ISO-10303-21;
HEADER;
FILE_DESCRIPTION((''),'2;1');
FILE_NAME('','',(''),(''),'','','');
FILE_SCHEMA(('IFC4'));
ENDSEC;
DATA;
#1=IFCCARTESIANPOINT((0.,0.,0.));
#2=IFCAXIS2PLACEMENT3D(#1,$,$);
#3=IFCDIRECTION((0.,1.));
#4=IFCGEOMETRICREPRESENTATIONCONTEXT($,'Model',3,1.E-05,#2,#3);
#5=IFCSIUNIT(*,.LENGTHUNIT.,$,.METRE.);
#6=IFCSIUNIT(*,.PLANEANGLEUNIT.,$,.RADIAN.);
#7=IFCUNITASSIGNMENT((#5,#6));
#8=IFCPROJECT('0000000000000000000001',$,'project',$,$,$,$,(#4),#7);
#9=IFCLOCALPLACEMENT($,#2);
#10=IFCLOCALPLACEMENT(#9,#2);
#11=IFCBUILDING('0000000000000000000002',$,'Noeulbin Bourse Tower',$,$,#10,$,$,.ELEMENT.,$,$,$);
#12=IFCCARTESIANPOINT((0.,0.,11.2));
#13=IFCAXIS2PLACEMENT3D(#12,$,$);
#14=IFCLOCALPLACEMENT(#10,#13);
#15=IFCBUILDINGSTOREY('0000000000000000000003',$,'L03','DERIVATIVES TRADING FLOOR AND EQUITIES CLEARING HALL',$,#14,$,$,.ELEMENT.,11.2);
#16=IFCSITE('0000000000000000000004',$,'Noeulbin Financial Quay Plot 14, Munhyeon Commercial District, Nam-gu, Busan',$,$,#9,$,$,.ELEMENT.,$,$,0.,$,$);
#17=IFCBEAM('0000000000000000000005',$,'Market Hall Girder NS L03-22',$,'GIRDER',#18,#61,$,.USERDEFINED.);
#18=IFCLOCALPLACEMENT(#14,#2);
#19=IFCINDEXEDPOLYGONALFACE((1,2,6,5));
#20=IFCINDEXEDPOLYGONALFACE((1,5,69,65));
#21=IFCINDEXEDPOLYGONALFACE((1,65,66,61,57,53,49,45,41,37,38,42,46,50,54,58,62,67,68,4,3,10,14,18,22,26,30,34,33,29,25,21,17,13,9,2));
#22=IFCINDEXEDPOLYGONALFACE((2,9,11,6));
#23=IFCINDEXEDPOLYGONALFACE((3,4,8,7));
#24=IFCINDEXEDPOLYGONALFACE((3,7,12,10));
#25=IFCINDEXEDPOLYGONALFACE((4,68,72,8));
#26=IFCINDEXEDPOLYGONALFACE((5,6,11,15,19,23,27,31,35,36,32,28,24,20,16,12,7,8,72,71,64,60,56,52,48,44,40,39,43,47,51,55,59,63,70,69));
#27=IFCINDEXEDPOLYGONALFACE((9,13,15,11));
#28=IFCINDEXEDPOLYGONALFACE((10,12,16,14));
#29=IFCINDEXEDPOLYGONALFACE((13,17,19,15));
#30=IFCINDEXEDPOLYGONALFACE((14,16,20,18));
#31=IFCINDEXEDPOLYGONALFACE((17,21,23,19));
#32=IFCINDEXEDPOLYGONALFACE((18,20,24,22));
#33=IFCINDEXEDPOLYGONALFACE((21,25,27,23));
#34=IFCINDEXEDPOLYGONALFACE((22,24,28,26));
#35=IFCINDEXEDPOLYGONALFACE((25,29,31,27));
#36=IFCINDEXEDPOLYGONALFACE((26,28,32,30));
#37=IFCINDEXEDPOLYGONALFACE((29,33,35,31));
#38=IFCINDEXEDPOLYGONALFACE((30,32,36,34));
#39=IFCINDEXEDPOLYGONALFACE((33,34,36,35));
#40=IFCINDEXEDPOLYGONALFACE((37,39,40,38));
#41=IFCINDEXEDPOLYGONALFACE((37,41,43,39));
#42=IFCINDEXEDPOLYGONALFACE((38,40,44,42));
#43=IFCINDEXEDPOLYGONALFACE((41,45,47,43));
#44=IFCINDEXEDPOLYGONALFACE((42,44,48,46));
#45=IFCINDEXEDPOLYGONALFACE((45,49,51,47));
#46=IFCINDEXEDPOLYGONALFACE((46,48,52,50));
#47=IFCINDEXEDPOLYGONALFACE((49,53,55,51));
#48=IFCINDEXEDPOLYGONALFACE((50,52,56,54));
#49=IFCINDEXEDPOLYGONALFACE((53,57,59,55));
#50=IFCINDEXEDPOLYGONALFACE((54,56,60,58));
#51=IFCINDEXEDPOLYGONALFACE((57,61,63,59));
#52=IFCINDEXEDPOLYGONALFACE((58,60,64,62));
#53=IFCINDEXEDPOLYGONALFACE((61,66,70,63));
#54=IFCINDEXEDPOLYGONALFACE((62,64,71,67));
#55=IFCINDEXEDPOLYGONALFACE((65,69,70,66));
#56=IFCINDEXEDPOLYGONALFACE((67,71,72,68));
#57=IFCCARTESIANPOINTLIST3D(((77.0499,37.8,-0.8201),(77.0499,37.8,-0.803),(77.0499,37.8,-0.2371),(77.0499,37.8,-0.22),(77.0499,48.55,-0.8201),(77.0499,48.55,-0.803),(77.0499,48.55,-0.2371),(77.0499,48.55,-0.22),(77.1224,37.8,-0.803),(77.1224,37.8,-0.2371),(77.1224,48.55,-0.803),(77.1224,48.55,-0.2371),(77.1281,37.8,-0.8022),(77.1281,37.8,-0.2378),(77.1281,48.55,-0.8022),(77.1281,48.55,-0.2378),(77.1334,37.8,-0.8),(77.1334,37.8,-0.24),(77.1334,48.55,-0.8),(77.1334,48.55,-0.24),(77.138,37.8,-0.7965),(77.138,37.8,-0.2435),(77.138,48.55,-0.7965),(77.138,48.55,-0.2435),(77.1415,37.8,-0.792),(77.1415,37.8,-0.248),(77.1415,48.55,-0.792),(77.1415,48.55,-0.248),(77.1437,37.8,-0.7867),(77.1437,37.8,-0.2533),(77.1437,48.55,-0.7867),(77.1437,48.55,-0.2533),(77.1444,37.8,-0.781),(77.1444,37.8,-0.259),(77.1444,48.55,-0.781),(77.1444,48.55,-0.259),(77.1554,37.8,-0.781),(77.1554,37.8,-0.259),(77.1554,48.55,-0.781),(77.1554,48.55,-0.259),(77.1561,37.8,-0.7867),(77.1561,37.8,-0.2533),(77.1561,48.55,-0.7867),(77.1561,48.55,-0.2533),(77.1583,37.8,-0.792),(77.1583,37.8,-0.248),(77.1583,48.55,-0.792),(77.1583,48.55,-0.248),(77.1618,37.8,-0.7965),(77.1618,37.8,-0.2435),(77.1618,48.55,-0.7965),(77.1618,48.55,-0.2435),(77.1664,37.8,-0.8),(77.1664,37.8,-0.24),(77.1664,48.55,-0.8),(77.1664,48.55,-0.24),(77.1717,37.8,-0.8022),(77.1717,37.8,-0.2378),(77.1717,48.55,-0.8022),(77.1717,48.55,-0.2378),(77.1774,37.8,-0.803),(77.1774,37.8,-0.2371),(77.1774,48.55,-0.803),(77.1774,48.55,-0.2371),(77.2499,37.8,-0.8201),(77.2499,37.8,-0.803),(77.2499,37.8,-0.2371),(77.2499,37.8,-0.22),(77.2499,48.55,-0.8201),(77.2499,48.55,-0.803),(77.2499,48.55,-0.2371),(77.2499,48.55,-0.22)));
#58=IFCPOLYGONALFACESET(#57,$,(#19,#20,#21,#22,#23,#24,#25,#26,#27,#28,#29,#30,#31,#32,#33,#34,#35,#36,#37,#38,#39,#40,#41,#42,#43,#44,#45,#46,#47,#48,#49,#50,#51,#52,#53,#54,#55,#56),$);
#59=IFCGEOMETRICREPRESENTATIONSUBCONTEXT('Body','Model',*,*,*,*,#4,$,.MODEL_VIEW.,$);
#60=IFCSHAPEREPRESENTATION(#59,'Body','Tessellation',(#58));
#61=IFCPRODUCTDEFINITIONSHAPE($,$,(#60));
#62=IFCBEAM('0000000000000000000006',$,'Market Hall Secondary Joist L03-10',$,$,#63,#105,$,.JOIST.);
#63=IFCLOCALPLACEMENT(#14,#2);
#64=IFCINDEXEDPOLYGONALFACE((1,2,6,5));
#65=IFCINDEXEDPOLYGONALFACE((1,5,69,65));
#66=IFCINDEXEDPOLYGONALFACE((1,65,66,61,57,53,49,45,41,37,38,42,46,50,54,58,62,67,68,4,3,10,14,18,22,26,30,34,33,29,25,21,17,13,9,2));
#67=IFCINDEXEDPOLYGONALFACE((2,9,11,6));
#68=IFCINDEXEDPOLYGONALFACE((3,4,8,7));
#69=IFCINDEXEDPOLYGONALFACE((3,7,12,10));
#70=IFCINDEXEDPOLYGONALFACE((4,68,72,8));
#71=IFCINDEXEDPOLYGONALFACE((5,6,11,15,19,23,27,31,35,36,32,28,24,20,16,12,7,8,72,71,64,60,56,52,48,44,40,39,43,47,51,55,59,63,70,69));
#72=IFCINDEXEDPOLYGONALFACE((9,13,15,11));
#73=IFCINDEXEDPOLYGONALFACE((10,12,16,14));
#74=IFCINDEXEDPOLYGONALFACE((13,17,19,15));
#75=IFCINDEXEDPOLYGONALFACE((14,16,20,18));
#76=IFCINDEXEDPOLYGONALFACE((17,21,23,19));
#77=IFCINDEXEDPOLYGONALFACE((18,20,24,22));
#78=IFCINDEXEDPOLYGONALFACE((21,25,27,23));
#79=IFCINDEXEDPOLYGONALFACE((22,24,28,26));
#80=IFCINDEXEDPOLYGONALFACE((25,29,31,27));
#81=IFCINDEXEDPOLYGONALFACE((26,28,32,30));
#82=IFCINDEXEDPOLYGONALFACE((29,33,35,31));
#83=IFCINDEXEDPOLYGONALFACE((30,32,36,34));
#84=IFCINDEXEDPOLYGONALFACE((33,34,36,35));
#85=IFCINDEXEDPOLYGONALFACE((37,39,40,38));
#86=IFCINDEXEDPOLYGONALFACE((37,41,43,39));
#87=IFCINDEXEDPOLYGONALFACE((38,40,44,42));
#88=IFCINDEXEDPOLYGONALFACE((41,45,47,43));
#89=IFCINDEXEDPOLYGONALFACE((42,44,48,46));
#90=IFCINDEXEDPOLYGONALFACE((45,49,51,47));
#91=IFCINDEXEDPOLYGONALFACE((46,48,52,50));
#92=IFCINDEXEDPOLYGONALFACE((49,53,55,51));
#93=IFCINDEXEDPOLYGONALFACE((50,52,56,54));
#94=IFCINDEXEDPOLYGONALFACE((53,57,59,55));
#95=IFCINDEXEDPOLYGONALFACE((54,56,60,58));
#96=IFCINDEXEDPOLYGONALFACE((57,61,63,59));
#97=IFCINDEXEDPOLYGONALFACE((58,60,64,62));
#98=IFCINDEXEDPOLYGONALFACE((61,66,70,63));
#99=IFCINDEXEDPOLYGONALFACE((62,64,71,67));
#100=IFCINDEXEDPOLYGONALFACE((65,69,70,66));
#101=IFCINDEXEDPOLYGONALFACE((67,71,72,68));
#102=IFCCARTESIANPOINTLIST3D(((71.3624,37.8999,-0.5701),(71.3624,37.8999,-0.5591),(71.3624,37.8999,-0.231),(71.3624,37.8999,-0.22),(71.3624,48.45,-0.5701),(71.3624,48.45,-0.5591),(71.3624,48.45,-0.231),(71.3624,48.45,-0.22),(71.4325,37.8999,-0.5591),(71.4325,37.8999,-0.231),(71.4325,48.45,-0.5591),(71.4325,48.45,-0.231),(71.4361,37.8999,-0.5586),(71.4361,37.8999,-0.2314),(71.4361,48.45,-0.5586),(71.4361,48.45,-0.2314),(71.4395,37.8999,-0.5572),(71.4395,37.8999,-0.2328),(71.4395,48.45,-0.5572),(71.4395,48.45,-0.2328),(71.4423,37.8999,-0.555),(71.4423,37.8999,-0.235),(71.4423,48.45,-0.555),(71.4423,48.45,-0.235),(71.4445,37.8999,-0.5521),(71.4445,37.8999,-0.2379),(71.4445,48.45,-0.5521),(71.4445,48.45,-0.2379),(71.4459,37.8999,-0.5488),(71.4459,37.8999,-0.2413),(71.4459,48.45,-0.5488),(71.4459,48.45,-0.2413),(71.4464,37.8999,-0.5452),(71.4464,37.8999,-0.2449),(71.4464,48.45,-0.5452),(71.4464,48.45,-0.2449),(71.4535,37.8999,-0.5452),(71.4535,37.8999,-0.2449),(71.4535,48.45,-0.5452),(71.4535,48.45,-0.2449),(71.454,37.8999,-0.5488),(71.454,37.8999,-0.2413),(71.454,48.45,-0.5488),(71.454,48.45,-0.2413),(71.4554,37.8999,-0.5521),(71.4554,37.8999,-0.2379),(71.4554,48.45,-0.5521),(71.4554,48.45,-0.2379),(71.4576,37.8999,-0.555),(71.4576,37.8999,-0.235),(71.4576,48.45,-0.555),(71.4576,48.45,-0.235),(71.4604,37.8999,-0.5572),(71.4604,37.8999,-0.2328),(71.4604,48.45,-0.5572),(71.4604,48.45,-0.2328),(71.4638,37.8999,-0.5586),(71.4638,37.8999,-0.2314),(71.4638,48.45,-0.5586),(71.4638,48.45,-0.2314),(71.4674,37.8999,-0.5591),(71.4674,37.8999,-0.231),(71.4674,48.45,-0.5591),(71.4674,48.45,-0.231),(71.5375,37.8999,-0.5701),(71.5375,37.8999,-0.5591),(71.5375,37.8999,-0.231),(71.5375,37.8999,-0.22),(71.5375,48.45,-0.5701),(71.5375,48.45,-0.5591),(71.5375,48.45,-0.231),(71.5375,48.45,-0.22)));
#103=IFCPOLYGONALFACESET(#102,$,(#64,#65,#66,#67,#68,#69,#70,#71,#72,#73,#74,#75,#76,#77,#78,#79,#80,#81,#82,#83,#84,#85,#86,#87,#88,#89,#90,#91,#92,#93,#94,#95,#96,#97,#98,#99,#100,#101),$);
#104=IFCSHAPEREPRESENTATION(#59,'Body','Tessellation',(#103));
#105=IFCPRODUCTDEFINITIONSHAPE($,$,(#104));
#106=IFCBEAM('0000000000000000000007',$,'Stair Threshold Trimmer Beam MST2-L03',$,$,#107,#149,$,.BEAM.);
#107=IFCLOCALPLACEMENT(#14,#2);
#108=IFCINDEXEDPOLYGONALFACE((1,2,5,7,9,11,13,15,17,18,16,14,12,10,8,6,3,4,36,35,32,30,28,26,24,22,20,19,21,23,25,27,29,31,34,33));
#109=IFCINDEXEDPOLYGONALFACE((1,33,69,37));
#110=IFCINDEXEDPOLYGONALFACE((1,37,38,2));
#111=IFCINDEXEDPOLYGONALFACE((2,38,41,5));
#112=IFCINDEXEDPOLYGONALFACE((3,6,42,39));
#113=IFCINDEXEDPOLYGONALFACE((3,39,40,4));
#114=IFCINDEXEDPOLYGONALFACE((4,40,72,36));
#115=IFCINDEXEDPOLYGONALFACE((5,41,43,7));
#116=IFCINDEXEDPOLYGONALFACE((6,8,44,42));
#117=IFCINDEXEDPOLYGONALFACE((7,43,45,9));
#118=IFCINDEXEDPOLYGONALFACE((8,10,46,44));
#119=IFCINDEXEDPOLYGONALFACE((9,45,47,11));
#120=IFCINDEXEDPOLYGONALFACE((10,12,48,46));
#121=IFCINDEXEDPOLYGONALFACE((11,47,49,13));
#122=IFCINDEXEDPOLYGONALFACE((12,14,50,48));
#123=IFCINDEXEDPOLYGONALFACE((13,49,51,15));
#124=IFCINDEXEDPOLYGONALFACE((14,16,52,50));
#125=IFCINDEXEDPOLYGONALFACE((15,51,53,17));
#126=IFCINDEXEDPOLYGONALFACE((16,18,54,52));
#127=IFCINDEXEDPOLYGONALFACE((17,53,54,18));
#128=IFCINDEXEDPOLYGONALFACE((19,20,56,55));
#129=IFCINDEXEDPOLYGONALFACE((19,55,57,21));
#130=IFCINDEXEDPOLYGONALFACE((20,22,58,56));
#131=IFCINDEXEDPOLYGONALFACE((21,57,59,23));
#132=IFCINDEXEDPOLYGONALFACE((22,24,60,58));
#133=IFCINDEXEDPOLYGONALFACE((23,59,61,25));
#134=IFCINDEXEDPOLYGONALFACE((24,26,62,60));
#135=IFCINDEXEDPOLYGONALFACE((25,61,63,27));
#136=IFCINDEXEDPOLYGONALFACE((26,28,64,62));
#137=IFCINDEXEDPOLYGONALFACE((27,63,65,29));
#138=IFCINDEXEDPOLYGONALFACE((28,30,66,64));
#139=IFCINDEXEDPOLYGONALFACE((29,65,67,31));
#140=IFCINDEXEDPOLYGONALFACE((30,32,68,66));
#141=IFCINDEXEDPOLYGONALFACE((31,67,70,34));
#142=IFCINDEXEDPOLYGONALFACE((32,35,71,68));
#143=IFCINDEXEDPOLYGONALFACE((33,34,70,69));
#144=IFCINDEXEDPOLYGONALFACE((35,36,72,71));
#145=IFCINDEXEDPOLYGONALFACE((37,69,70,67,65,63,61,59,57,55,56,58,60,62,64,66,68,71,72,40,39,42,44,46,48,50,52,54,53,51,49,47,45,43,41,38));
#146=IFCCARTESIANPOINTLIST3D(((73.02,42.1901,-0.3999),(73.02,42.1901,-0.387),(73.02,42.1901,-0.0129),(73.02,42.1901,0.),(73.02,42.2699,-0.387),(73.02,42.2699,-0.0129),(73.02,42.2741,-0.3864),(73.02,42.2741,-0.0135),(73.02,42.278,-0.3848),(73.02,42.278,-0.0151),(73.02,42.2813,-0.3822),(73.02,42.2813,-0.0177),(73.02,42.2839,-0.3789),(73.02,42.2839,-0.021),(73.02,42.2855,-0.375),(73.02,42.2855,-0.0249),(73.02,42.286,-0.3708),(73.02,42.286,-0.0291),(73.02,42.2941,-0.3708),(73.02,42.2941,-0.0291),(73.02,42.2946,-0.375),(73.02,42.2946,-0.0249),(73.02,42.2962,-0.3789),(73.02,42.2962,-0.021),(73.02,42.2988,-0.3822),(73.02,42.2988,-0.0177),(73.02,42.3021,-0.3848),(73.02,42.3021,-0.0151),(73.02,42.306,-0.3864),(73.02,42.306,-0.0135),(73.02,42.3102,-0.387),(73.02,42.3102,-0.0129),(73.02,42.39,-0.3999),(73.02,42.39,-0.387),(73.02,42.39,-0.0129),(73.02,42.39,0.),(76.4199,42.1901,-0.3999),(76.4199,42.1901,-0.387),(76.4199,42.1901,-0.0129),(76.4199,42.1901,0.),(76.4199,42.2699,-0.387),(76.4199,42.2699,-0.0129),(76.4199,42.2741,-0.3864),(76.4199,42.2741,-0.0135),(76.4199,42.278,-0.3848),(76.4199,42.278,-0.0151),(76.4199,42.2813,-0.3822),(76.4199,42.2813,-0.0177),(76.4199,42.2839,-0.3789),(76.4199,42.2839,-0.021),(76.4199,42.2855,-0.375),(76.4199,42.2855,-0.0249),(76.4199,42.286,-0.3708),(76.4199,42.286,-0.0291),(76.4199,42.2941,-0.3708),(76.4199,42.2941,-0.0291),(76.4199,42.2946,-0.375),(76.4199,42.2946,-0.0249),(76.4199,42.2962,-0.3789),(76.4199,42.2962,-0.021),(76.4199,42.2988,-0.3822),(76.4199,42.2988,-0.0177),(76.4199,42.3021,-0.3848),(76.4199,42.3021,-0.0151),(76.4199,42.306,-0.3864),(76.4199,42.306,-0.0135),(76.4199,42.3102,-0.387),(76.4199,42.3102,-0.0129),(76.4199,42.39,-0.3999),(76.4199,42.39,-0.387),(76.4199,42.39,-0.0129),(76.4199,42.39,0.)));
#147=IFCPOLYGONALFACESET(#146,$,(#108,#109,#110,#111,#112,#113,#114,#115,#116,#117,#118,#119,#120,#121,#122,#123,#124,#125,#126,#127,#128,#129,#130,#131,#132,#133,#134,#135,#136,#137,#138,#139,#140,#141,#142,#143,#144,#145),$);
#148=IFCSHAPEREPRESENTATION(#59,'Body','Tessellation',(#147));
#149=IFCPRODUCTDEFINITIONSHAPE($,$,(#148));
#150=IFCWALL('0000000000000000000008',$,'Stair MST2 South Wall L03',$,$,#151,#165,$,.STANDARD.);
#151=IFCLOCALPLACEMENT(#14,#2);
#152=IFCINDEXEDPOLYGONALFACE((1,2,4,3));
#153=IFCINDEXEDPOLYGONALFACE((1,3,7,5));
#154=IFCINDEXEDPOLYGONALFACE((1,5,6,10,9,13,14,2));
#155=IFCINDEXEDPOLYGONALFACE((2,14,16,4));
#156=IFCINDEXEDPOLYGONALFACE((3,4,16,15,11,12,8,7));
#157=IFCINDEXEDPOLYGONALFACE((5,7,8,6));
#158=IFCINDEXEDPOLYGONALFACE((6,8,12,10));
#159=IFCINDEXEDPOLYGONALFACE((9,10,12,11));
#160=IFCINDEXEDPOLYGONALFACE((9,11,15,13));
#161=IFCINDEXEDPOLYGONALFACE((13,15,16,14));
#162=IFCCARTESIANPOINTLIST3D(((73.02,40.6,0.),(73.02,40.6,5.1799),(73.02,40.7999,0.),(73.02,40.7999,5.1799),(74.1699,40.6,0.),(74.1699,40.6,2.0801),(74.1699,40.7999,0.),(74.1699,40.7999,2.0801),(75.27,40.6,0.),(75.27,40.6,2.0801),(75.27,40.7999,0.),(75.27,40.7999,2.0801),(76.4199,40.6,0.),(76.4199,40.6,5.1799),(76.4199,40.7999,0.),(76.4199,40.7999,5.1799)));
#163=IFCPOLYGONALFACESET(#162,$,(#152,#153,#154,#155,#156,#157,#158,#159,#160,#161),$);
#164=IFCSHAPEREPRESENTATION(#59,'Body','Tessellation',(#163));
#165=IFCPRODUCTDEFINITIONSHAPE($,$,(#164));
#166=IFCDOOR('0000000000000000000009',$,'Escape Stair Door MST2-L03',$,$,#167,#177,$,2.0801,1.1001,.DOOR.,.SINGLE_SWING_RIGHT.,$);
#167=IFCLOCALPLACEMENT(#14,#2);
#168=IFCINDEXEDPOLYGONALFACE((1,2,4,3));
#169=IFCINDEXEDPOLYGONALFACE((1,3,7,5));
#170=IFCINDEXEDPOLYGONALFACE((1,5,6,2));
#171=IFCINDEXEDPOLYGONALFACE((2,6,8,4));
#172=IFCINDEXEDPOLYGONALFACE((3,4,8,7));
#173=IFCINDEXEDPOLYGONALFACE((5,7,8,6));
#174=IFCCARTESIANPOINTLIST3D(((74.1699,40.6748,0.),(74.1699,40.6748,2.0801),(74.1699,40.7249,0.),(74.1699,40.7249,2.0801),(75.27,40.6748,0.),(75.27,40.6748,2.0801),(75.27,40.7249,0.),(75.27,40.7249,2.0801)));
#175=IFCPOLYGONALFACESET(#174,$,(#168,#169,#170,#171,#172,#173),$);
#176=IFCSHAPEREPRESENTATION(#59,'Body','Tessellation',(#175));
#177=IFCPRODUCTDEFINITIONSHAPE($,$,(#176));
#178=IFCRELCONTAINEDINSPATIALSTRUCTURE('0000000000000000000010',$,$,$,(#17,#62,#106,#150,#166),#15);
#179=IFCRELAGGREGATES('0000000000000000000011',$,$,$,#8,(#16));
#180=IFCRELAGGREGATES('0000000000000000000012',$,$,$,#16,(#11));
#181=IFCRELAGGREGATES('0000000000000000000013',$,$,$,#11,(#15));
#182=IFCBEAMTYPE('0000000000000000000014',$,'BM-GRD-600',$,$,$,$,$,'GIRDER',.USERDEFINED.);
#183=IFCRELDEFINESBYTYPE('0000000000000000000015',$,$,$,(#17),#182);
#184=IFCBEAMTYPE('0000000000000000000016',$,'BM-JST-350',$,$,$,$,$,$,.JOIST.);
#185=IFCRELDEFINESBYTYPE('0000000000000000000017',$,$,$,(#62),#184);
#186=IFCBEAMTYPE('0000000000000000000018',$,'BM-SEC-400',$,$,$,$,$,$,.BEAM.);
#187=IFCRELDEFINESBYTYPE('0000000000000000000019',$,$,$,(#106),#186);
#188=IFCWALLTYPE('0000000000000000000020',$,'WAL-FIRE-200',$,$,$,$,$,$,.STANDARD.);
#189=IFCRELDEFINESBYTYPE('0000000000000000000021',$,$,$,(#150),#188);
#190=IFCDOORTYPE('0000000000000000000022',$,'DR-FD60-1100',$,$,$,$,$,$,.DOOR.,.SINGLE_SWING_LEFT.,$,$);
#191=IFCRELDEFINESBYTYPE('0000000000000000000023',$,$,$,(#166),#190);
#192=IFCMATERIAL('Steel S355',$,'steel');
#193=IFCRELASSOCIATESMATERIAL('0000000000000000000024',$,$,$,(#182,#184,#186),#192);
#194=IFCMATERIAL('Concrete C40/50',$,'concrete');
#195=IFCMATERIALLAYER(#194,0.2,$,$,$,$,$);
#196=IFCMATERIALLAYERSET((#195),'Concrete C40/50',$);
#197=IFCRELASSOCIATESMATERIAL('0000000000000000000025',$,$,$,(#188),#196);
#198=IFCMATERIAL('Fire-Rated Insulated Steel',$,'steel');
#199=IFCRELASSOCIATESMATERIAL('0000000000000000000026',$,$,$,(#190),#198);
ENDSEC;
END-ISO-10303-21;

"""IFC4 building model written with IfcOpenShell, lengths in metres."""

from ifc_helpers import new_model, si_unit, direction, frame, frame_2d, origin, origin_2d, place, context, subcontext, project, spatial, rectangle, i_section, extrude, material, layer, layer_set, material_profile, profile_set, type_object, element, fill, save


model = new_model("IFC4")

# Units and contexts
model_context = context("Model", 3, precision=1e-05, world=origin(), true_north=direction((0.0, 1.0)))
body_context = subcontext(model_context, "Body", "Model", "MODEL_VIEW")
ifc_project = project(units=[si_unit("LENGTHUNIT", "METRE"), si_unit("PLANEANGLEUNIT", "RADIAN")], contexts=[model_context])

# Site, building, storey
site_placement = place(None, origin())
site = spatial("IfcSite", under=ifc_project, at=site_placement, Name="Noeulbin Financial Quay Plot 14, Munhyeon Commercial District, Nam-gu, Busan", CompositionType="ELEMENT", RefElevation=0.0)
building_placement = place(site_placement, origin())
building = spatial("IfcBuilding", under=site, at=building_placement, Name="Noeulbin Bourse Tower", CompositionType="ELEMENT")
storey_placement = place(building_placement, frame((0.0, 0.0, 11.2)))
storey = spatial("IfcBuildingStorey", under=building, at=storey_placement, Name="L03", Description="DERIVATIVES TRADING FLOOR AND EQUITIES CLEARING HALL", CompositionType="ELEMENT", Elevation=11.2)

# Shared definitions
ifc_material_1 = material(Name="Steel S355", Category="steel")

# Beams
ifc_material_profile_1 = material_profile(ifc_material_1, i_section(OverallWidth=0.2, OverallDepth=0.6001, WebThickness=0.011, FlangeThickness=0.0171, FilletRadius=0.022, at=origin_2d()), Name="H-600x200x11x17", Category="LoadBearing")
ifc_profile_set_1 = profile_set([ifc_material_profile_1], Name="Steel S355")
beam_type_1 = type_object("IfcBeamType", Name="BM-GRD-600", ElementType="GIRDER", PredefinedType="USERDEFINED", material=ifc_profile_set_1)
beam_1_placement = place(storey_placement, frame((77.1499, 37.8, -0.52), z_axis=(0.0, 1.0, 0.0), x_axis=(-1.0, 0.0, 0.0)))
element("IfcBeam", 1, at=beam_1_placement, inside=storey, type_object=beam_type_1, Name="Market Hall Girder NS L03-22", ObjectType="GIRDER", PredefinedType="USERDEFINED", context=body_context, shape_type="SweptSolid", body=[
    extrude(i_section(OverallWidth=0.2, OverallDepth=0.6001, WebThickness=0.011, FlangeThickness=0.0171, FilletRadius=0.022, at=origin_2d()), origin(), (0.0, 0.0, 1.0), 10.75),
])
ifc_material_profile_2 = material_profile(ifc_material_1, i_section(OverallWidth=0.175, OverallDepth=0.3501, WebThickness=0.0071, FlangeThickness=0.011, FilletRadius=0.0139, at=origin_2d()), Name="H-350x175x7x11", Category="LoadBearing")
ifc_profile_set_2 = profile_set([ifc_material_profile_2], Name="Steel S355")
beam_type_2 = type_object("IfcBeamType", Name="BM-JST-350", PredefinedType="JOIST", material=ifc_profile_set_2)
beam_2_placement = place(storey_placement, frame((71.45, 37.8999, -0.395), z_axis=(0.0, 1.0, 0.0), x_axis=(-1.0, 0.0, 0.0)))
element("IfcBeam", 2, at=beam_2_placement, inside=storey, type_object=beam_type_2, Name="Market Hall Secondary Joist L03-10", PredefinedType="JOIST", context=body_context, shape_type="SweptSolid", body=[
    extrude(i_section(OverallWidth=0.175, OverallDepth=0.3501, WebThickness=0.0071, FlangeThickness=0.011, FilletRadius=0.0139, at=origin_2d()), origin(), (0.0, 0.0, 1.0), 10.55),
])
ifc_material_profile_3 = material_profile(ifc_material_1, i_section(OverallWidth=0.2, OverallDepth=0.3999, WebThickness=0.0081, FlangeThickness=0.0129, FilletRadius=0.0161, at=origin_2d()), Name="H-400x200x8x13", Category="LoadBearing")
ifc_profile_set_3 = profile_set([ifc_material_profile_3], Name="Steel S355")
beam_type_3 = type_object("IfcBeamType", Name="BM-SEC-400", PredefinedType="BEAM", material=ifc_profile_set_3)
beam_3_placement = place(storey_placement, frame((73.02, 42.29, -0.2), z_axis=(1.0, 0.0, 0.0), x_axis=(0.0, 1.0, 0.0)))
element("IfcBeam", 3, at=beam_3_placement, inside=storey, type_object=beam_type_3, Name="Stair Threshold Trimmer Beam MST2-L03", PredefinedType="BEAM", context=body_context, shape_type="SweptSolid", body=[
    extrude(i_section(OverallWidth=0.2, OverallDepth=0.3999, WebThickness=0.0081, FlangeThickness=0.0129, FilletRadius=0.0161, at=origin_2d()), origin(), (0.0, 0.0, 1.0), 3.3999),
])

# Wall, opening, door
ifc_material_2 = material(Name="Concrete C40/50", Category="concrete")
ifc_layer_1 = layer(ifc_material_2, 0.2)
ifc_layer_set_1 = layer_set([ifc_layer_1], Name="Concrete C40/50")
wall_type = type_object("IfcWallType", Name="WAL-FIRE-200", PredefinedType="STANDARD", material=ifc_layer_set_1)
wall_1_placement = place(storey_placement, frame((73.02, 40.7, 0.0), z_axis=(0.0, 0.0, 1.0), x_axis=(1.0, 0.0, 0.0)))
wall_1 = element("IfcWall", 4, at=wall_1_placement, inside=storey, type_object=wall_type, Name="Stair MST2 South Wall L03", PredefinedType="STANDARD", context=body_context, shape_type="SweptSolid", body=[
    extrude(rectangle(XDim=3.3999, YDim=0.2, at=frame_2d((1.7, 0.0))), origin(), (0.0, 0.0, 1.0), 5.1799),
])
opening_placement = place(wall_1_placement, frame((1.1499, 0.0, 0.0)))
opening = element("IfcOpeningElement", 5, at=opening_placement, cuts=wall_1, PredefinedType="OPENING", context=body_context, shape_type="SweptSolid", body=[
    extrude(rectangle(XDim=1.1001, YDim=2.0801, at=frame_2d((0.55, 1.04))), frame((0.0, 0.1099, 0.0), z_axis=(0.0, -1.0, 0.0), x_axis=(1.0, 0.0, 0.0)), (0.0, 0.0, 1.0), 0.22),
])
ifc_material_3 = material(Name="Fire-Rated Insulated Steel", Category="steel")
door_type = type_object("IfcDoorType", Name="DR-FD60-1100", OperationType="SINGLE_SWING_LEFT", PredefinedType="DOOR", material=ifc_material_3)
door_placement = place(opening_placement, origin())
door = element("IfcDoor", 6, at=door_placement, inside=storey, type_object=door_type, Name="Escape Stair Door MST2-L03", OperationType="SINGLE_SWING_RIGHT", OverallHeight=2.0801, OverallWidth=1.1001, PredefinedType="DOOR", context=body_context, shape_type="SweptSolid", body=[
    extrude(rectangle(XDim=1.1001, YDim=2.0801, at=frame_2d((0.55, 1.04))), frame((0.0, 0.0249, 0.0), z_axis=(0.0, -1.0, 0.0), x_axis=(1.0, 0.0, 0.0)), (0.0, 0.0, 1.0), 0.05),
])
fill(opening, door)

save(model, "model.ifc")
